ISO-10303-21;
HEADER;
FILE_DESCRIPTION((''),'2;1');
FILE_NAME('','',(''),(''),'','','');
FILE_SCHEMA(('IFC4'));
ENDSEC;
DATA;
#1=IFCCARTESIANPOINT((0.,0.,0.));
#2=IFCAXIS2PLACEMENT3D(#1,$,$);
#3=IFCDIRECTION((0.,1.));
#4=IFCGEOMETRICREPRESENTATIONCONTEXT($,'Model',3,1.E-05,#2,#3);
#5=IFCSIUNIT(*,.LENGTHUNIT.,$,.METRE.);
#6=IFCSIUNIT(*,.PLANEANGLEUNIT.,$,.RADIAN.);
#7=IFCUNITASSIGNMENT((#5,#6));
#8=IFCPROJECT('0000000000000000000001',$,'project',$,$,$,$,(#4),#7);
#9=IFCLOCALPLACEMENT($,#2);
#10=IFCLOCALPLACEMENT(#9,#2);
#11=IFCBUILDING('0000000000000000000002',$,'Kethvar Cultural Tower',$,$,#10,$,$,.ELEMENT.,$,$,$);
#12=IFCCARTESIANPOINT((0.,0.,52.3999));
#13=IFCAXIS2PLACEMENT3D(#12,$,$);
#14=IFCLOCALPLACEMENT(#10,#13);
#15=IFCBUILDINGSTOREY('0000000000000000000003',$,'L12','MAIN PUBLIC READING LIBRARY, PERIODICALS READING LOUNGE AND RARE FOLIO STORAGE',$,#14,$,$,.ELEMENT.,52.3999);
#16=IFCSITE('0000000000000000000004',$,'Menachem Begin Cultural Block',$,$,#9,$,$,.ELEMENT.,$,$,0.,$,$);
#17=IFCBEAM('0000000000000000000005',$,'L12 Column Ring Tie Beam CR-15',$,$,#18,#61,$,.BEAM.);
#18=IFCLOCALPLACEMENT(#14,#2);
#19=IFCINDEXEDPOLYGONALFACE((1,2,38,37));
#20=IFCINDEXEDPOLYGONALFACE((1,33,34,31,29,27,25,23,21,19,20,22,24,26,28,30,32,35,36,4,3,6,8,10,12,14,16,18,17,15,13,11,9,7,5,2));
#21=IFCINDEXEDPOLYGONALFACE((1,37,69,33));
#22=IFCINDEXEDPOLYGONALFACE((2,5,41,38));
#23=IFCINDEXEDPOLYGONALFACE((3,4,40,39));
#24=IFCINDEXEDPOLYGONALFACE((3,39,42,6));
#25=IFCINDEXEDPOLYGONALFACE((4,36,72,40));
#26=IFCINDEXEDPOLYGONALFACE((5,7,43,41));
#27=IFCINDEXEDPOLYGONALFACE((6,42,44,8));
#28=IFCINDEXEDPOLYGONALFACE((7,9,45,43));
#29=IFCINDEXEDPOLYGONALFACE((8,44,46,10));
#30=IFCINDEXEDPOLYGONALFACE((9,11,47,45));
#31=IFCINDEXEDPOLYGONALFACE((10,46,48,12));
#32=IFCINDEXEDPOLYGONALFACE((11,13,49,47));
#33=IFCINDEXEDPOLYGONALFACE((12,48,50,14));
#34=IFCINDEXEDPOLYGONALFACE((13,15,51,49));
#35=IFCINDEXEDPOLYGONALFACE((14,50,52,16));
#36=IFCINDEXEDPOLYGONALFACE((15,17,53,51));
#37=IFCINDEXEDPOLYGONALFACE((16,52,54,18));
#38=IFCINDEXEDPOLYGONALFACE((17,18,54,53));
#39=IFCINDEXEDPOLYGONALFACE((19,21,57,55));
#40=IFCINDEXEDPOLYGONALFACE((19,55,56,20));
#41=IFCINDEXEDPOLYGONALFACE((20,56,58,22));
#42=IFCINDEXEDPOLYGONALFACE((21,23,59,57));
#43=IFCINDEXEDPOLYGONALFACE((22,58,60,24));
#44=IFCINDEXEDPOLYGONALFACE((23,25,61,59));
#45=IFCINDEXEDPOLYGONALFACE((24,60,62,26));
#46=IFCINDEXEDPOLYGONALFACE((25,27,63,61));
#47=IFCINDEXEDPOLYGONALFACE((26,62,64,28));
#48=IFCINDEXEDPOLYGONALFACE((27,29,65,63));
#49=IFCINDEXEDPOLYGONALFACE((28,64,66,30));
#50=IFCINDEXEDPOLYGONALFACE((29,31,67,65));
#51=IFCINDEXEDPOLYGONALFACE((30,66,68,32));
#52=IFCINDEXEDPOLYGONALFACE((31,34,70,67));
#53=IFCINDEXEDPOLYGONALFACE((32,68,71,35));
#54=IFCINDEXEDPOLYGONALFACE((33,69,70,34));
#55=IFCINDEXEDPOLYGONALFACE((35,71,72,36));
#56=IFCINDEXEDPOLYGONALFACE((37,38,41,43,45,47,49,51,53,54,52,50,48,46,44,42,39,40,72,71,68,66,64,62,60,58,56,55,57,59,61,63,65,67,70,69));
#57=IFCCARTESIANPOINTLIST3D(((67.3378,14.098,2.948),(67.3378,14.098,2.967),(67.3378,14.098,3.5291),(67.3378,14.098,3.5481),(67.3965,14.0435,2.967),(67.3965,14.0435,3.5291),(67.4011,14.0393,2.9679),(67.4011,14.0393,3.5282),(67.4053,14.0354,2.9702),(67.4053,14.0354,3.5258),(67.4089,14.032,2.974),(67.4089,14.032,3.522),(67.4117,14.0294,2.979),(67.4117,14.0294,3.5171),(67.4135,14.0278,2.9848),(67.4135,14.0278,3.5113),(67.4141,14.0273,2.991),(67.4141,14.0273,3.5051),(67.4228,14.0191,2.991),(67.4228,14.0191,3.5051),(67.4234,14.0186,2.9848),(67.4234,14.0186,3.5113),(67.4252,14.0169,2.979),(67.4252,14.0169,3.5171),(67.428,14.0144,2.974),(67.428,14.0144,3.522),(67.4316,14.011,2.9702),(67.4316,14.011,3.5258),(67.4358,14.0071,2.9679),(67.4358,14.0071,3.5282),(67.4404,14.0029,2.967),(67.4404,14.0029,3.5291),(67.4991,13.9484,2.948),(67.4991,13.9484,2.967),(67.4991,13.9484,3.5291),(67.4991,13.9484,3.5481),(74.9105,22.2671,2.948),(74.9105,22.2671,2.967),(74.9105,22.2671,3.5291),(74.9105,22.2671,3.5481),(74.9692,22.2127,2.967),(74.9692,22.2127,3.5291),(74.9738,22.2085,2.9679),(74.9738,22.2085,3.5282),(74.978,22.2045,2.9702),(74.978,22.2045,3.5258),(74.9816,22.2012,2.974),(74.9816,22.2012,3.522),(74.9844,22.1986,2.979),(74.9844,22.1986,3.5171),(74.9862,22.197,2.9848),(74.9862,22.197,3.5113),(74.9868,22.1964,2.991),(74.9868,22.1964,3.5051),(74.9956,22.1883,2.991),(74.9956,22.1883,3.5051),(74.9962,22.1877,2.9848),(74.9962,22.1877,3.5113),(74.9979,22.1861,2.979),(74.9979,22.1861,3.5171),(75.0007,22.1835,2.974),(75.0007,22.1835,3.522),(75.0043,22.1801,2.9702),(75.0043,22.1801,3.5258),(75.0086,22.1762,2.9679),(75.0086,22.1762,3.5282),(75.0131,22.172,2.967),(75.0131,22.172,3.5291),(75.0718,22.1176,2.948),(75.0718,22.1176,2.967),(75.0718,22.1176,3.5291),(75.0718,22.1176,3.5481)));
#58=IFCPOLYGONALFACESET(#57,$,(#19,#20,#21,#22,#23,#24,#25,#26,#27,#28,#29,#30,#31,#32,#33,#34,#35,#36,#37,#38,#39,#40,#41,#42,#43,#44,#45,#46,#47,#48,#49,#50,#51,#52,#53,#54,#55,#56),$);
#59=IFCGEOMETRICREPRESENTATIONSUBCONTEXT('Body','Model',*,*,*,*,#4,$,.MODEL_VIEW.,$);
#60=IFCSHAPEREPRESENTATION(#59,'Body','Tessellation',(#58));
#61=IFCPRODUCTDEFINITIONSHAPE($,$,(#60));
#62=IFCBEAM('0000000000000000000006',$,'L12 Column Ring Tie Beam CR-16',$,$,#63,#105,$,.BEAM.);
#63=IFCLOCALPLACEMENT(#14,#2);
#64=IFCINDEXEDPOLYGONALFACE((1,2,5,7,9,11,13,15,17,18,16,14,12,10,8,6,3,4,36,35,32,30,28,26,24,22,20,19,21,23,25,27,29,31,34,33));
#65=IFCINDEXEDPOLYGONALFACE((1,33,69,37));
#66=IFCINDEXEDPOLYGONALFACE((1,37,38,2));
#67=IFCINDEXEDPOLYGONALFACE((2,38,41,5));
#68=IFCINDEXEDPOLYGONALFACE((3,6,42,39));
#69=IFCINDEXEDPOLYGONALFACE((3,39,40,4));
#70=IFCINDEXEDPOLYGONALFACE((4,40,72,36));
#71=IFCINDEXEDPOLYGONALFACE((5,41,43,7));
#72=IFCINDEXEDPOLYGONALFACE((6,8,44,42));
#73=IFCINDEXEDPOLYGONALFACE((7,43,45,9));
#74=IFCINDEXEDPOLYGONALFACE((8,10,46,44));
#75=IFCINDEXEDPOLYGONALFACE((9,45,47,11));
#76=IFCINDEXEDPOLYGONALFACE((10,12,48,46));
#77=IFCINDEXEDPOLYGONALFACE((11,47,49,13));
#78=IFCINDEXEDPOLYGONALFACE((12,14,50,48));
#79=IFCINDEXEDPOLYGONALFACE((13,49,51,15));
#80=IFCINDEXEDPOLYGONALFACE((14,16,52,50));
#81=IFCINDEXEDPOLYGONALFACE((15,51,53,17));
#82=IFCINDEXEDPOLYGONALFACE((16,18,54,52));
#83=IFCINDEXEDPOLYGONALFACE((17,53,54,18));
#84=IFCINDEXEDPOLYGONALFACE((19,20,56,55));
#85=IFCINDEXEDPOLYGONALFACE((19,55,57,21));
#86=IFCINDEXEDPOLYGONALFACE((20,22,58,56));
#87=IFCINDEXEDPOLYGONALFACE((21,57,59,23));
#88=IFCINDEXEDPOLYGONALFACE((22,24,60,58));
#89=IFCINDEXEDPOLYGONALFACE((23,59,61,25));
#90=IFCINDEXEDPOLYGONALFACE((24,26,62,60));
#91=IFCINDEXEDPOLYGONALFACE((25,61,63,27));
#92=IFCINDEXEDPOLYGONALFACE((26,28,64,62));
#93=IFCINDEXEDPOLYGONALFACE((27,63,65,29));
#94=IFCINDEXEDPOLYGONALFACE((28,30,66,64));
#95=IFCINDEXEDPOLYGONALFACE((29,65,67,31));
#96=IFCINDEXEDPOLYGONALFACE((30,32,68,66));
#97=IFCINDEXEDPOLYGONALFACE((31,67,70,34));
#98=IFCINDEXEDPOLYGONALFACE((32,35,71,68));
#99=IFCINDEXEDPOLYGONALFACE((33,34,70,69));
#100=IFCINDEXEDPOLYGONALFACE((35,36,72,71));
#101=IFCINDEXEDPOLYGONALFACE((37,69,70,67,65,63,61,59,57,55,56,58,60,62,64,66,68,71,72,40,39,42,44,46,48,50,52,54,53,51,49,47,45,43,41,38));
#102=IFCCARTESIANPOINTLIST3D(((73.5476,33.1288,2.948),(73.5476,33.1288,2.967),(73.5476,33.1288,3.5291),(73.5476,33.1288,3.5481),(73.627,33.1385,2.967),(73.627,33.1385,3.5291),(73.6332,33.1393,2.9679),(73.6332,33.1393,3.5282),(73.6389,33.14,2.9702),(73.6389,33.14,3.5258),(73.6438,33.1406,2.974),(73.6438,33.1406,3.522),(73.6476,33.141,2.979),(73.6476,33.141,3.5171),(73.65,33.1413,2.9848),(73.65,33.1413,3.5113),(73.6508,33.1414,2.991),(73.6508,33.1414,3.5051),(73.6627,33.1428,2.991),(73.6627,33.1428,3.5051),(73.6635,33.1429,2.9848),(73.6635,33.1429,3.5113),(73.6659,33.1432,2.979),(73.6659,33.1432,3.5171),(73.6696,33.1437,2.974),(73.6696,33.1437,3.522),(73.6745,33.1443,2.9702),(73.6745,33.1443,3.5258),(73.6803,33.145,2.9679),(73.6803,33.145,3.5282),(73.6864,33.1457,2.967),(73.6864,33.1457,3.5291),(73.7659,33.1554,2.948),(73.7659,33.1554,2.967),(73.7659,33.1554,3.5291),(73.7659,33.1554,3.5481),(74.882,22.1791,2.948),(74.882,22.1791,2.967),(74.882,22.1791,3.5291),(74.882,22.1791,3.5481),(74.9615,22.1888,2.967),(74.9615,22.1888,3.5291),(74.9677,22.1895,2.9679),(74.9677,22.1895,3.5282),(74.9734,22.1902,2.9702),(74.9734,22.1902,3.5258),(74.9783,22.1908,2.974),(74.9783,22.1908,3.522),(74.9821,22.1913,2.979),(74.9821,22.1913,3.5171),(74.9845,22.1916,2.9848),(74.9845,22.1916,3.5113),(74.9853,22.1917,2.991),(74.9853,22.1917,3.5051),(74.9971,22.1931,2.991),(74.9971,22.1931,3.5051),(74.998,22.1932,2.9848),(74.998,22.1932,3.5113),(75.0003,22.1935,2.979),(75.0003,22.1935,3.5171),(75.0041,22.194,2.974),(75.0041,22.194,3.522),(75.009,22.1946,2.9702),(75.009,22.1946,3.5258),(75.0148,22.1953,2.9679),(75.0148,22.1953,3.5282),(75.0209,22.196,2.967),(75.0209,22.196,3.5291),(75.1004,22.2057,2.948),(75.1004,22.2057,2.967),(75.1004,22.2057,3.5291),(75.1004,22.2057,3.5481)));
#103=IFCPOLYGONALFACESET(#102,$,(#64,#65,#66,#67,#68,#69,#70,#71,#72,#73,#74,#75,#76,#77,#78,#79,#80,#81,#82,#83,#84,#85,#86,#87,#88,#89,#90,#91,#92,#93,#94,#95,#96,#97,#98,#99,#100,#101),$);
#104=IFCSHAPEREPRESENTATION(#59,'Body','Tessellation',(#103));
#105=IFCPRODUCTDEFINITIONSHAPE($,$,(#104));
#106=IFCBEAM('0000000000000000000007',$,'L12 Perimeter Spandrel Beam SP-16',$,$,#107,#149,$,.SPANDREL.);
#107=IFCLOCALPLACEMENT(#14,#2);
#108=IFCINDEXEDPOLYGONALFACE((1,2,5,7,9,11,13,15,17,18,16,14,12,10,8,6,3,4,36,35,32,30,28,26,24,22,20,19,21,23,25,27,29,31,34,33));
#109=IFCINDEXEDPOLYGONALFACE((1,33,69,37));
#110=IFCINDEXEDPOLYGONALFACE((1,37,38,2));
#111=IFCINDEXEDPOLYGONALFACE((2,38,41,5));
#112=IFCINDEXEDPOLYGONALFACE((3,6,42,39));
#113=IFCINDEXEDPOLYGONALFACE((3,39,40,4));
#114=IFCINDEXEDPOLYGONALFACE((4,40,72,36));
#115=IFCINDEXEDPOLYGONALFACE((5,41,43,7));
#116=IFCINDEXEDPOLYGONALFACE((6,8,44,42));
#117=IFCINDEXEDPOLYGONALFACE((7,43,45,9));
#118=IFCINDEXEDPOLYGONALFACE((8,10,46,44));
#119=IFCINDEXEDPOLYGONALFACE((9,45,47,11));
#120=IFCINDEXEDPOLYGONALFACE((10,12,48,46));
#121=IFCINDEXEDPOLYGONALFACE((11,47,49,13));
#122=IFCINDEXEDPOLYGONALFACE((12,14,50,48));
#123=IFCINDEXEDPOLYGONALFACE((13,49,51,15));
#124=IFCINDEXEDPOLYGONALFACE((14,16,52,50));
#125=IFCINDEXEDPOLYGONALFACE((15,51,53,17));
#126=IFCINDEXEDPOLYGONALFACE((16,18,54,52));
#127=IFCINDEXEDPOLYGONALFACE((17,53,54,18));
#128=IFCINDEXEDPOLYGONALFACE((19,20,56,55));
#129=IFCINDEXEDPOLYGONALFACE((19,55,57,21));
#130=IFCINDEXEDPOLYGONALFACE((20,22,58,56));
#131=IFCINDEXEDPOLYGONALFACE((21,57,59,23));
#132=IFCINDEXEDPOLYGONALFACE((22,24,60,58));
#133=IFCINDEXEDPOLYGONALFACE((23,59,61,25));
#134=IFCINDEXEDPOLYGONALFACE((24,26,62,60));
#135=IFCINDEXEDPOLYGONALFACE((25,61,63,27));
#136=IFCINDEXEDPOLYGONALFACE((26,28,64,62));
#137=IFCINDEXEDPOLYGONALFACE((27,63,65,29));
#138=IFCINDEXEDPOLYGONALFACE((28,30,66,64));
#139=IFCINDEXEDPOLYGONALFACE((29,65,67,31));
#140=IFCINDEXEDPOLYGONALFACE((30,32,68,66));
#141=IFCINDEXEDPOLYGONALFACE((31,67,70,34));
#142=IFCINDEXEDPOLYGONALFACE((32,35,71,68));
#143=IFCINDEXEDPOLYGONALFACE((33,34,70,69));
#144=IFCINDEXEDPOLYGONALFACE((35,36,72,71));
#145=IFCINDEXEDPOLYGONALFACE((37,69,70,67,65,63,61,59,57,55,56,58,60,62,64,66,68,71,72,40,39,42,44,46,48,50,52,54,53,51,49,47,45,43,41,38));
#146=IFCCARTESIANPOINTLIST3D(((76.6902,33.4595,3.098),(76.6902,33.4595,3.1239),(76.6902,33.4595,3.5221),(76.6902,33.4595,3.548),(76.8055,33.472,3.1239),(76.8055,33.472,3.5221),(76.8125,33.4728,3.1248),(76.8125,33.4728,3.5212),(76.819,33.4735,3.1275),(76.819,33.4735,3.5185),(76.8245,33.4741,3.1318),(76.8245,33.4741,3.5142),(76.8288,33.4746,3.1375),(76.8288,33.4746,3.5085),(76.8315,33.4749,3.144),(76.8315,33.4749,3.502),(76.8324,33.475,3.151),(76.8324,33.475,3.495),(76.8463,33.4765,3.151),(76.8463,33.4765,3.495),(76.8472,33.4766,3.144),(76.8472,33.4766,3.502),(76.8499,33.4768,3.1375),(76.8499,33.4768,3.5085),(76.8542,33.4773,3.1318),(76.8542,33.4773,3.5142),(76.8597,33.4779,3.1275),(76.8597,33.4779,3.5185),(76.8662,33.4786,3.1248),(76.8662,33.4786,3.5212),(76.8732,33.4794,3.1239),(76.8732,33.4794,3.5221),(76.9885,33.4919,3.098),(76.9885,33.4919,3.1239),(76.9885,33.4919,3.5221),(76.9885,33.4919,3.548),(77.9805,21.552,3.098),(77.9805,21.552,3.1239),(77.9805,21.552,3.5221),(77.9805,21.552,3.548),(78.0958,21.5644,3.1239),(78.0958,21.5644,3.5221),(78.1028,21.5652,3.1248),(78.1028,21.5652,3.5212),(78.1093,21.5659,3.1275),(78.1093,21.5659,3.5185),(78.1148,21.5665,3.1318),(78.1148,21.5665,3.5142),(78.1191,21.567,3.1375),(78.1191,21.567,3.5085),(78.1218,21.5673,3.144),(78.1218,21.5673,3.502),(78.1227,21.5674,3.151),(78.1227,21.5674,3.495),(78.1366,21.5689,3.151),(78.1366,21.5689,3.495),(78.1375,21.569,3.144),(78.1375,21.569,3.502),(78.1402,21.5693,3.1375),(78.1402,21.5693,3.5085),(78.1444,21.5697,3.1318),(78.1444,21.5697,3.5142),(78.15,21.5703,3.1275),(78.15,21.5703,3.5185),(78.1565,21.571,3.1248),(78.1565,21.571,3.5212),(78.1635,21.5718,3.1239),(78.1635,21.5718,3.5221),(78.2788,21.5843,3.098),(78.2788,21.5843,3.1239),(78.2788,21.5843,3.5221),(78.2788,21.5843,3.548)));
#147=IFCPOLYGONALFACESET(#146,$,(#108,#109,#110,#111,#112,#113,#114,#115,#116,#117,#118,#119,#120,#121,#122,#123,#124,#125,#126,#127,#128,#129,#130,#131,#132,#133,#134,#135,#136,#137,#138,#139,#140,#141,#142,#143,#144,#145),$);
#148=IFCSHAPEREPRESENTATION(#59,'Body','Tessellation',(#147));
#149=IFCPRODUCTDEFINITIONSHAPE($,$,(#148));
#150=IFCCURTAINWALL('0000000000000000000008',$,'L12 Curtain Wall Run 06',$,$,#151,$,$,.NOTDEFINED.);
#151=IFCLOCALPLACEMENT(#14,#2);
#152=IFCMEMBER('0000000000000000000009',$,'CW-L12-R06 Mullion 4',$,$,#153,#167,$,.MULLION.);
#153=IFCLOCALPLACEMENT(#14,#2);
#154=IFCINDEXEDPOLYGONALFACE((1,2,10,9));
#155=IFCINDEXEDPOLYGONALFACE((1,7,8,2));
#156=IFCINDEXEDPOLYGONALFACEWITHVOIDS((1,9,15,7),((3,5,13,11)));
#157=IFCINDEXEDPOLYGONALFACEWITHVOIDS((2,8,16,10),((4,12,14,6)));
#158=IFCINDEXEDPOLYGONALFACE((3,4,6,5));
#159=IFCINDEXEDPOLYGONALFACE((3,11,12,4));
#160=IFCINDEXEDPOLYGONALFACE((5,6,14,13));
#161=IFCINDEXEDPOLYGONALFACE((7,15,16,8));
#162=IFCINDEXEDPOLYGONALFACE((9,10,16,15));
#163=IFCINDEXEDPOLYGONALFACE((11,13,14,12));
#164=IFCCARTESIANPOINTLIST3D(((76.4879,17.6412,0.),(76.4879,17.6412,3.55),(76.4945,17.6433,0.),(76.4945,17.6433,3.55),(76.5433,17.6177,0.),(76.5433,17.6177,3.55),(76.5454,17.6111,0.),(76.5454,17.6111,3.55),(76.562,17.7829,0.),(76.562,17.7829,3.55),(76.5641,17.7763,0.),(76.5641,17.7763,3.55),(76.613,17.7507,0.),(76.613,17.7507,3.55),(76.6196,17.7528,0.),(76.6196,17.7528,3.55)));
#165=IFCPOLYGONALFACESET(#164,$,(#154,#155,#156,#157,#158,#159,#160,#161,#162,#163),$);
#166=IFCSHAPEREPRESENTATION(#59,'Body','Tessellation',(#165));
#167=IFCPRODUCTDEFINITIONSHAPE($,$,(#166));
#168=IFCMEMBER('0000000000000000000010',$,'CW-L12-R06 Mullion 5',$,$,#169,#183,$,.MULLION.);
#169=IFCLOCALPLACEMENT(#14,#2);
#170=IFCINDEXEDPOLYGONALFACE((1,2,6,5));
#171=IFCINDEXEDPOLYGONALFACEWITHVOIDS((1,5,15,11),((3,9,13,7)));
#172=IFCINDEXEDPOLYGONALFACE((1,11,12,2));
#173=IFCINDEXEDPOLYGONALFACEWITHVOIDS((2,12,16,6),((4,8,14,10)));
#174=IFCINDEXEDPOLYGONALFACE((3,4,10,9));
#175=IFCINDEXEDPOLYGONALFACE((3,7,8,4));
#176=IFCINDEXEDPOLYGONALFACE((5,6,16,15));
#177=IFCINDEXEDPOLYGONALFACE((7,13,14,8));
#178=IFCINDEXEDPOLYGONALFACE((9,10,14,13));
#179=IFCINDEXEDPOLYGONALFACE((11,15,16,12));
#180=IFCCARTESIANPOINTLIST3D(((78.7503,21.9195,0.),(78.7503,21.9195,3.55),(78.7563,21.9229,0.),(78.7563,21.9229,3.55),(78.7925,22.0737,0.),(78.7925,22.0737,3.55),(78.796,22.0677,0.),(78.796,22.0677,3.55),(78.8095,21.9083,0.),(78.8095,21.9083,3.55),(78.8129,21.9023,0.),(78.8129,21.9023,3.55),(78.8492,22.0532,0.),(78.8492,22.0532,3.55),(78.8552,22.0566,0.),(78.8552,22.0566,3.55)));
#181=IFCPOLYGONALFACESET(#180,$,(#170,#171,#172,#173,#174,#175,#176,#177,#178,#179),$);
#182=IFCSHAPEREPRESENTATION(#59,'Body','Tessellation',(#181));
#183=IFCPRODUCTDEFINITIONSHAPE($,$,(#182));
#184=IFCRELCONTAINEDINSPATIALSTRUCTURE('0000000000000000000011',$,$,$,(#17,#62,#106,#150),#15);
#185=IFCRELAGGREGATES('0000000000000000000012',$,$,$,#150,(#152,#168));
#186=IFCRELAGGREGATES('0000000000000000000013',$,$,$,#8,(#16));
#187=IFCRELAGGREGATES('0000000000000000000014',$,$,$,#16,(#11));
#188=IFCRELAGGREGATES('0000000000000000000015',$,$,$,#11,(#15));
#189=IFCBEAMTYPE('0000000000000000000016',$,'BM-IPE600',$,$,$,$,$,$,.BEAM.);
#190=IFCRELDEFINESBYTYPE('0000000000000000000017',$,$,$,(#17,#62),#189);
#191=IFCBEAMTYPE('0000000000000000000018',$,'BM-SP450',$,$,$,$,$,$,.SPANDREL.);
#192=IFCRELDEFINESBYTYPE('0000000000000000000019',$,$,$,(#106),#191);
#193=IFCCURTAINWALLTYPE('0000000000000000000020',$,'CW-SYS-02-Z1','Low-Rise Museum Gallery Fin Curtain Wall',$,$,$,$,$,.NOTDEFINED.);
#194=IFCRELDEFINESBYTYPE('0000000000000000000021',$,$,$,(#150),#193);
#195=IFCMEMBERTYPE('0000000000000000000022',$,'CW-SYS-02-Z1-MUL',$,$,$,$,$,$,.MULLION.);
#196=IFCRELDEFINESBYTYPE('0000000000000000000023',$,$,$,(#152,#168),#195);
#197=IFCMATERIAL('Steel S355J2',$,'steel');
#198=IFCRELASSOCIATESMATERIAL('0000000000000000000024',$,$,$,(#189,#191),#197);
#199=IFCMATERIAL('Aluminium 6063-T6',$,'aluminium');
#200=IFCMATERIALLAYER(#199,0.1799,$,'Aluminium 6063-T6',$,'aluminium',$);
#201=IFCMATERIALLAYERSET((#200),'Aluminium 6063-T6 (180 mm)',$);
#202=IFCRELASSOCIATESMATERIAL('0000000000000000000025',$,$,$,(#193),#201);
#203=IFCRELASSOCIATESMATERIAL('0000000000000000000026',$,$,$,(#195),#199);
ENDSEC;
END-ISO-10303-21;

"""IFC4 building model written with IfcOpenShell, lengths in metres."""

from ifc_helpers import new_model, si_unit, direction, frame, origin, origin_2d, place, context, subcontext, project, spatial, hollow_rectangle, i_section, extrude, source, transform, mapped, material, layer, layer_set, material_profile, profile_set, type_object, element, aggregate, save


model = new_model("IFC4")

# Units and contexts
model_context = context("Model", 3, precision=1e-05, world=origin(), true_north=direction((0.0, 1.0)))
body_context = subcontext(model_context, "Body", "Model", "MODEL_VIEW")
ifc_project = project(units=[si_unit("LENGTHUNIT", "METRE"), si_unit("PLANEANGLEUNIT", "RADIAN")], contexts=[model_context])

# Site, building, storey
site_placement = place(None, origin())
site = spatial("IfcSite", under=ifc_project, at=site_placement, Name="Menachem Begin Cultural Block", CompositionType="ELEMENT", RefElevation=0.0)
building_placement = place(site_placement, origin())
building = spatial("IfcBuilding", under=site, at=building_placement, Name="Kethvar Cultural Tower", CompositionType="ELEMENT")
storey_placement = place(building_placement, frame((0.0, 0.0, 52.3999)))
storey = spatial("IfcBuildingStorey", under=building, at=storey_placement, Name="L12", Description="MAIN PUBLIC READING LIBRARY, PERIODICALS READING LOUNGE AND RARE FOLIO STORAGE", CompositionType="ELEMENT", Elevation=52.3999)

# Beams
ifc_material_1 = material(Name="Steel S355J2", Category="steel")
ifc_material_profile_1 = material_profile(ifc_material_1, i_section(OverallWidth=0.22, OverallDepth=0.6001, WebThickness=0.012, FlangeThickness=0.019, FilletRadius=0.0239, at=origin_2d()), Name="Steel S355J2 — IPE600")
ifc_profile_set_1 = profile_set([ifc_material_profile_1], Name="Steel S355J2 — IPE600")
beam_type_1 = type_object("IfcBeamType", Name="BM-IPE600", PredefinedType="BEAM", material=ifc_profile_set_1)
shared_shape_1 = source(origin(), body_context, "Body", "SweptSolid", [
    extrude(i_section(OverallWidth=0.22, OverallDepth=0.6001, WebThickness=0.012, FlangeThickness=0.019, FilletRadius=0.0239, at=origin_2d()), origin(), (0.0, 0.0, 1.0), 11.1392),
])
beam_1_placement = place(storey_placement, frame((67.4185, 14.0232, 3.248), z_axis=(0.679828, 0.733372, 0.0), x_axis=(-0.733372, 0.679828, 0.0)))
element("IfcBeam", 1, at=beam_1_placement, inside=storey, type_object=beam_type_1, Name="L12 Column Ring Tie Beam CR-15", PredefinedType="BEAM", context=body_context, shape_type="MappedRepresentation", body=[
    mapped(shared_shape_1, transform((0.0, 0.0, 0.0), scale=1.0)),
])
shared_shape_2 = source(origin(), body_context, "Body", "SweptSolid", [
    extrude(i_section(OverallWidth=0.22, OverallDepth=0.6001, WebThickness=0.012, FlangeThickness=0.019, FilletRadius=0.0239, at=origin_2d()), origin(), (0.0, 0.0, 1.0), 11.0308),
])
beam_2_placement = place(storey_placement, frame((74.9912, 22.1924, 3.248), z_axis=(-0.120978, 0.992655, 0.0), x_axis=(-0.992655, -0.120978, 0.0)))
element("IfcBeam", 2, at=beam_2_placement, inside=storey, type_object=beam_type_1, Name="L12 Column Ring Tie Beam CR-16", PredefinedType="BEAM", context=body_context, shape_type="MappedRepresentation", body=[
    mapped(shared_shape_2, transform((0.0, 0.0, 0.0), scale=1.0)),
])
ifc_material_profile_2 = material_profile(ifc_material_1, i_section(OverallWidth=0.3, OverallDepth=0.45, WebThickness=0.0139, FlangeThickness=0.0259, FilletRadius=0.0271, at=origin_2d()), Name="Steel S355J2 — HEB450")
ifc_profile_set_2 = profile_set([ifc_material_profile_2], Name="Steel S355J2 — HEB450")
beam_type_2 = type_object("IfcBeamType", Name="BM-SP450", PredefinedType="SPANDREL", material=ifc_profile_set_2)
shared_shape_3 = source(origin(), body_context, "Body", "SweptSolid", [
    extrude(i_section(OverallWidth=0.3, OverallDepth=0.45, WebThickness=0.0139, FlangeThickness=0.0259, FilletRadius=0.0271, at=origin_2d()), origin(), (0.0, 0.0, 1.0), 11.9773),
])
beam_3_placement = place(storey_placement, frame((78.1296, 21.5681, 3.323), z_axis=(-0.107729, 0.99418, 0.0), x_axis=(-0.99418, -0.107729, 0.0)))
element("IfcBeam", 3, at=beam_3_placement, inside=storey, type_object=beam_type_2, Name="L12 Perimeter Spandrel Beam SP-16", PredefinedType="SPANDREL", context=body_context, shape_type="MappedRepresentation", body=[
    mapped(shared_shape_3, transform((0.0, 0.0, 0.0), scale=1.0)),
])

# Curtain wall, members
ifc_material_2 = material(Name="Aluminium 6063-T6", Category="aluminium")
ifc_layer_1 = layer(ifc_material_2, 0.1799, Name="Aluminium 6063-T6", Category="aluminium")
ifc_layer_set_1 = layer_set([ifc_layer_1], Name="Aluminium 6063-T6 (180 mm)")
curtain_wall_type = type_object("IfcCurtainWallType", Name="CW-SYS-02-Z1", Description="Low-Rise Museum Gallery Fin Curtain Wall", PredefinedType="NOTDEFINED", material=ifc_layer_set_1)
curtain_wall_placement = place(storey_placement, origin())
curtain_wall = element("IfcCurtainWall", 4, at=curtain_wall_placement, inside=storey, type_object=curtain_wall_type, Name="L12 Curtain Wall Run 06", PredefinedType="NOTDEFINED")
ifc_material_profile_3 = material_profile(ifc_material_2, hollow_rectangle(XDim=0.0649, YDim=0.1599, WallThickness=0.0049, at=origin_2d()), Name="Aluminium 6063-T6 — RHS160x65x5")
ifc_profile_set_3 = profile_set([ifc_material_profile_3], Name="Aluminium 6063-T6 — RHS160x65x5")
member_type_1 = type_object("IfcMemberType", Name="CW-SYS-02-Z1-MUL", PredefinedType="MULLION", material=ifc_profile_set_3)
shared_shape_4 = source(origin(), body_context, "Body", "SweptSolid", [
    extrude(hollow_rectangle(XDim=0.0649, YDim=0.1599, WallThickness=0.0049, at=origin_2d()), origin(), (0.0, 0.0, 1.0), 3.55),
])
member_1_placement = place(storey_placement, frame((76.5537, 17.697, 0.0), z_axis=(0.0, 0.0, 1.0), x_axis=(-0.885985, 0.463714, 0.0)))
member_1 = element("IfcMember", 5, at=member_1_placement, type_object=member_type_1, Name="CW-L12-R06 Mullion 4", PredefinedType="MULLION", context=body_context, shape_type="MappedRepresentation", body=[
    mapped(shared_shape_4, transform((0.0, 0.0, 0.0), scale=1.0)),
])
member_2_placement = place(storey_placement, frame((78.8027, 21.988, 0.0), z_axis=(0.0, 0.0, 1.0), x_axis=(-0.96447, 0.264193, 0.0)))
member_2 = element("IfcMember", 6, at=member_2_placement, type_object=member_type_1, Name="CW-L12-R06 Mullion 5", PredefinedType="MULLION", context=body_context, shape_type="MappedRepresentation", body=[
    mapped(shared_shape_4, transform((0.0, 0.0, 0.0), scale=1.0)),
])
aggregate(curtain_wall, [member_1, member_2])

save(model, "model.ifc")
